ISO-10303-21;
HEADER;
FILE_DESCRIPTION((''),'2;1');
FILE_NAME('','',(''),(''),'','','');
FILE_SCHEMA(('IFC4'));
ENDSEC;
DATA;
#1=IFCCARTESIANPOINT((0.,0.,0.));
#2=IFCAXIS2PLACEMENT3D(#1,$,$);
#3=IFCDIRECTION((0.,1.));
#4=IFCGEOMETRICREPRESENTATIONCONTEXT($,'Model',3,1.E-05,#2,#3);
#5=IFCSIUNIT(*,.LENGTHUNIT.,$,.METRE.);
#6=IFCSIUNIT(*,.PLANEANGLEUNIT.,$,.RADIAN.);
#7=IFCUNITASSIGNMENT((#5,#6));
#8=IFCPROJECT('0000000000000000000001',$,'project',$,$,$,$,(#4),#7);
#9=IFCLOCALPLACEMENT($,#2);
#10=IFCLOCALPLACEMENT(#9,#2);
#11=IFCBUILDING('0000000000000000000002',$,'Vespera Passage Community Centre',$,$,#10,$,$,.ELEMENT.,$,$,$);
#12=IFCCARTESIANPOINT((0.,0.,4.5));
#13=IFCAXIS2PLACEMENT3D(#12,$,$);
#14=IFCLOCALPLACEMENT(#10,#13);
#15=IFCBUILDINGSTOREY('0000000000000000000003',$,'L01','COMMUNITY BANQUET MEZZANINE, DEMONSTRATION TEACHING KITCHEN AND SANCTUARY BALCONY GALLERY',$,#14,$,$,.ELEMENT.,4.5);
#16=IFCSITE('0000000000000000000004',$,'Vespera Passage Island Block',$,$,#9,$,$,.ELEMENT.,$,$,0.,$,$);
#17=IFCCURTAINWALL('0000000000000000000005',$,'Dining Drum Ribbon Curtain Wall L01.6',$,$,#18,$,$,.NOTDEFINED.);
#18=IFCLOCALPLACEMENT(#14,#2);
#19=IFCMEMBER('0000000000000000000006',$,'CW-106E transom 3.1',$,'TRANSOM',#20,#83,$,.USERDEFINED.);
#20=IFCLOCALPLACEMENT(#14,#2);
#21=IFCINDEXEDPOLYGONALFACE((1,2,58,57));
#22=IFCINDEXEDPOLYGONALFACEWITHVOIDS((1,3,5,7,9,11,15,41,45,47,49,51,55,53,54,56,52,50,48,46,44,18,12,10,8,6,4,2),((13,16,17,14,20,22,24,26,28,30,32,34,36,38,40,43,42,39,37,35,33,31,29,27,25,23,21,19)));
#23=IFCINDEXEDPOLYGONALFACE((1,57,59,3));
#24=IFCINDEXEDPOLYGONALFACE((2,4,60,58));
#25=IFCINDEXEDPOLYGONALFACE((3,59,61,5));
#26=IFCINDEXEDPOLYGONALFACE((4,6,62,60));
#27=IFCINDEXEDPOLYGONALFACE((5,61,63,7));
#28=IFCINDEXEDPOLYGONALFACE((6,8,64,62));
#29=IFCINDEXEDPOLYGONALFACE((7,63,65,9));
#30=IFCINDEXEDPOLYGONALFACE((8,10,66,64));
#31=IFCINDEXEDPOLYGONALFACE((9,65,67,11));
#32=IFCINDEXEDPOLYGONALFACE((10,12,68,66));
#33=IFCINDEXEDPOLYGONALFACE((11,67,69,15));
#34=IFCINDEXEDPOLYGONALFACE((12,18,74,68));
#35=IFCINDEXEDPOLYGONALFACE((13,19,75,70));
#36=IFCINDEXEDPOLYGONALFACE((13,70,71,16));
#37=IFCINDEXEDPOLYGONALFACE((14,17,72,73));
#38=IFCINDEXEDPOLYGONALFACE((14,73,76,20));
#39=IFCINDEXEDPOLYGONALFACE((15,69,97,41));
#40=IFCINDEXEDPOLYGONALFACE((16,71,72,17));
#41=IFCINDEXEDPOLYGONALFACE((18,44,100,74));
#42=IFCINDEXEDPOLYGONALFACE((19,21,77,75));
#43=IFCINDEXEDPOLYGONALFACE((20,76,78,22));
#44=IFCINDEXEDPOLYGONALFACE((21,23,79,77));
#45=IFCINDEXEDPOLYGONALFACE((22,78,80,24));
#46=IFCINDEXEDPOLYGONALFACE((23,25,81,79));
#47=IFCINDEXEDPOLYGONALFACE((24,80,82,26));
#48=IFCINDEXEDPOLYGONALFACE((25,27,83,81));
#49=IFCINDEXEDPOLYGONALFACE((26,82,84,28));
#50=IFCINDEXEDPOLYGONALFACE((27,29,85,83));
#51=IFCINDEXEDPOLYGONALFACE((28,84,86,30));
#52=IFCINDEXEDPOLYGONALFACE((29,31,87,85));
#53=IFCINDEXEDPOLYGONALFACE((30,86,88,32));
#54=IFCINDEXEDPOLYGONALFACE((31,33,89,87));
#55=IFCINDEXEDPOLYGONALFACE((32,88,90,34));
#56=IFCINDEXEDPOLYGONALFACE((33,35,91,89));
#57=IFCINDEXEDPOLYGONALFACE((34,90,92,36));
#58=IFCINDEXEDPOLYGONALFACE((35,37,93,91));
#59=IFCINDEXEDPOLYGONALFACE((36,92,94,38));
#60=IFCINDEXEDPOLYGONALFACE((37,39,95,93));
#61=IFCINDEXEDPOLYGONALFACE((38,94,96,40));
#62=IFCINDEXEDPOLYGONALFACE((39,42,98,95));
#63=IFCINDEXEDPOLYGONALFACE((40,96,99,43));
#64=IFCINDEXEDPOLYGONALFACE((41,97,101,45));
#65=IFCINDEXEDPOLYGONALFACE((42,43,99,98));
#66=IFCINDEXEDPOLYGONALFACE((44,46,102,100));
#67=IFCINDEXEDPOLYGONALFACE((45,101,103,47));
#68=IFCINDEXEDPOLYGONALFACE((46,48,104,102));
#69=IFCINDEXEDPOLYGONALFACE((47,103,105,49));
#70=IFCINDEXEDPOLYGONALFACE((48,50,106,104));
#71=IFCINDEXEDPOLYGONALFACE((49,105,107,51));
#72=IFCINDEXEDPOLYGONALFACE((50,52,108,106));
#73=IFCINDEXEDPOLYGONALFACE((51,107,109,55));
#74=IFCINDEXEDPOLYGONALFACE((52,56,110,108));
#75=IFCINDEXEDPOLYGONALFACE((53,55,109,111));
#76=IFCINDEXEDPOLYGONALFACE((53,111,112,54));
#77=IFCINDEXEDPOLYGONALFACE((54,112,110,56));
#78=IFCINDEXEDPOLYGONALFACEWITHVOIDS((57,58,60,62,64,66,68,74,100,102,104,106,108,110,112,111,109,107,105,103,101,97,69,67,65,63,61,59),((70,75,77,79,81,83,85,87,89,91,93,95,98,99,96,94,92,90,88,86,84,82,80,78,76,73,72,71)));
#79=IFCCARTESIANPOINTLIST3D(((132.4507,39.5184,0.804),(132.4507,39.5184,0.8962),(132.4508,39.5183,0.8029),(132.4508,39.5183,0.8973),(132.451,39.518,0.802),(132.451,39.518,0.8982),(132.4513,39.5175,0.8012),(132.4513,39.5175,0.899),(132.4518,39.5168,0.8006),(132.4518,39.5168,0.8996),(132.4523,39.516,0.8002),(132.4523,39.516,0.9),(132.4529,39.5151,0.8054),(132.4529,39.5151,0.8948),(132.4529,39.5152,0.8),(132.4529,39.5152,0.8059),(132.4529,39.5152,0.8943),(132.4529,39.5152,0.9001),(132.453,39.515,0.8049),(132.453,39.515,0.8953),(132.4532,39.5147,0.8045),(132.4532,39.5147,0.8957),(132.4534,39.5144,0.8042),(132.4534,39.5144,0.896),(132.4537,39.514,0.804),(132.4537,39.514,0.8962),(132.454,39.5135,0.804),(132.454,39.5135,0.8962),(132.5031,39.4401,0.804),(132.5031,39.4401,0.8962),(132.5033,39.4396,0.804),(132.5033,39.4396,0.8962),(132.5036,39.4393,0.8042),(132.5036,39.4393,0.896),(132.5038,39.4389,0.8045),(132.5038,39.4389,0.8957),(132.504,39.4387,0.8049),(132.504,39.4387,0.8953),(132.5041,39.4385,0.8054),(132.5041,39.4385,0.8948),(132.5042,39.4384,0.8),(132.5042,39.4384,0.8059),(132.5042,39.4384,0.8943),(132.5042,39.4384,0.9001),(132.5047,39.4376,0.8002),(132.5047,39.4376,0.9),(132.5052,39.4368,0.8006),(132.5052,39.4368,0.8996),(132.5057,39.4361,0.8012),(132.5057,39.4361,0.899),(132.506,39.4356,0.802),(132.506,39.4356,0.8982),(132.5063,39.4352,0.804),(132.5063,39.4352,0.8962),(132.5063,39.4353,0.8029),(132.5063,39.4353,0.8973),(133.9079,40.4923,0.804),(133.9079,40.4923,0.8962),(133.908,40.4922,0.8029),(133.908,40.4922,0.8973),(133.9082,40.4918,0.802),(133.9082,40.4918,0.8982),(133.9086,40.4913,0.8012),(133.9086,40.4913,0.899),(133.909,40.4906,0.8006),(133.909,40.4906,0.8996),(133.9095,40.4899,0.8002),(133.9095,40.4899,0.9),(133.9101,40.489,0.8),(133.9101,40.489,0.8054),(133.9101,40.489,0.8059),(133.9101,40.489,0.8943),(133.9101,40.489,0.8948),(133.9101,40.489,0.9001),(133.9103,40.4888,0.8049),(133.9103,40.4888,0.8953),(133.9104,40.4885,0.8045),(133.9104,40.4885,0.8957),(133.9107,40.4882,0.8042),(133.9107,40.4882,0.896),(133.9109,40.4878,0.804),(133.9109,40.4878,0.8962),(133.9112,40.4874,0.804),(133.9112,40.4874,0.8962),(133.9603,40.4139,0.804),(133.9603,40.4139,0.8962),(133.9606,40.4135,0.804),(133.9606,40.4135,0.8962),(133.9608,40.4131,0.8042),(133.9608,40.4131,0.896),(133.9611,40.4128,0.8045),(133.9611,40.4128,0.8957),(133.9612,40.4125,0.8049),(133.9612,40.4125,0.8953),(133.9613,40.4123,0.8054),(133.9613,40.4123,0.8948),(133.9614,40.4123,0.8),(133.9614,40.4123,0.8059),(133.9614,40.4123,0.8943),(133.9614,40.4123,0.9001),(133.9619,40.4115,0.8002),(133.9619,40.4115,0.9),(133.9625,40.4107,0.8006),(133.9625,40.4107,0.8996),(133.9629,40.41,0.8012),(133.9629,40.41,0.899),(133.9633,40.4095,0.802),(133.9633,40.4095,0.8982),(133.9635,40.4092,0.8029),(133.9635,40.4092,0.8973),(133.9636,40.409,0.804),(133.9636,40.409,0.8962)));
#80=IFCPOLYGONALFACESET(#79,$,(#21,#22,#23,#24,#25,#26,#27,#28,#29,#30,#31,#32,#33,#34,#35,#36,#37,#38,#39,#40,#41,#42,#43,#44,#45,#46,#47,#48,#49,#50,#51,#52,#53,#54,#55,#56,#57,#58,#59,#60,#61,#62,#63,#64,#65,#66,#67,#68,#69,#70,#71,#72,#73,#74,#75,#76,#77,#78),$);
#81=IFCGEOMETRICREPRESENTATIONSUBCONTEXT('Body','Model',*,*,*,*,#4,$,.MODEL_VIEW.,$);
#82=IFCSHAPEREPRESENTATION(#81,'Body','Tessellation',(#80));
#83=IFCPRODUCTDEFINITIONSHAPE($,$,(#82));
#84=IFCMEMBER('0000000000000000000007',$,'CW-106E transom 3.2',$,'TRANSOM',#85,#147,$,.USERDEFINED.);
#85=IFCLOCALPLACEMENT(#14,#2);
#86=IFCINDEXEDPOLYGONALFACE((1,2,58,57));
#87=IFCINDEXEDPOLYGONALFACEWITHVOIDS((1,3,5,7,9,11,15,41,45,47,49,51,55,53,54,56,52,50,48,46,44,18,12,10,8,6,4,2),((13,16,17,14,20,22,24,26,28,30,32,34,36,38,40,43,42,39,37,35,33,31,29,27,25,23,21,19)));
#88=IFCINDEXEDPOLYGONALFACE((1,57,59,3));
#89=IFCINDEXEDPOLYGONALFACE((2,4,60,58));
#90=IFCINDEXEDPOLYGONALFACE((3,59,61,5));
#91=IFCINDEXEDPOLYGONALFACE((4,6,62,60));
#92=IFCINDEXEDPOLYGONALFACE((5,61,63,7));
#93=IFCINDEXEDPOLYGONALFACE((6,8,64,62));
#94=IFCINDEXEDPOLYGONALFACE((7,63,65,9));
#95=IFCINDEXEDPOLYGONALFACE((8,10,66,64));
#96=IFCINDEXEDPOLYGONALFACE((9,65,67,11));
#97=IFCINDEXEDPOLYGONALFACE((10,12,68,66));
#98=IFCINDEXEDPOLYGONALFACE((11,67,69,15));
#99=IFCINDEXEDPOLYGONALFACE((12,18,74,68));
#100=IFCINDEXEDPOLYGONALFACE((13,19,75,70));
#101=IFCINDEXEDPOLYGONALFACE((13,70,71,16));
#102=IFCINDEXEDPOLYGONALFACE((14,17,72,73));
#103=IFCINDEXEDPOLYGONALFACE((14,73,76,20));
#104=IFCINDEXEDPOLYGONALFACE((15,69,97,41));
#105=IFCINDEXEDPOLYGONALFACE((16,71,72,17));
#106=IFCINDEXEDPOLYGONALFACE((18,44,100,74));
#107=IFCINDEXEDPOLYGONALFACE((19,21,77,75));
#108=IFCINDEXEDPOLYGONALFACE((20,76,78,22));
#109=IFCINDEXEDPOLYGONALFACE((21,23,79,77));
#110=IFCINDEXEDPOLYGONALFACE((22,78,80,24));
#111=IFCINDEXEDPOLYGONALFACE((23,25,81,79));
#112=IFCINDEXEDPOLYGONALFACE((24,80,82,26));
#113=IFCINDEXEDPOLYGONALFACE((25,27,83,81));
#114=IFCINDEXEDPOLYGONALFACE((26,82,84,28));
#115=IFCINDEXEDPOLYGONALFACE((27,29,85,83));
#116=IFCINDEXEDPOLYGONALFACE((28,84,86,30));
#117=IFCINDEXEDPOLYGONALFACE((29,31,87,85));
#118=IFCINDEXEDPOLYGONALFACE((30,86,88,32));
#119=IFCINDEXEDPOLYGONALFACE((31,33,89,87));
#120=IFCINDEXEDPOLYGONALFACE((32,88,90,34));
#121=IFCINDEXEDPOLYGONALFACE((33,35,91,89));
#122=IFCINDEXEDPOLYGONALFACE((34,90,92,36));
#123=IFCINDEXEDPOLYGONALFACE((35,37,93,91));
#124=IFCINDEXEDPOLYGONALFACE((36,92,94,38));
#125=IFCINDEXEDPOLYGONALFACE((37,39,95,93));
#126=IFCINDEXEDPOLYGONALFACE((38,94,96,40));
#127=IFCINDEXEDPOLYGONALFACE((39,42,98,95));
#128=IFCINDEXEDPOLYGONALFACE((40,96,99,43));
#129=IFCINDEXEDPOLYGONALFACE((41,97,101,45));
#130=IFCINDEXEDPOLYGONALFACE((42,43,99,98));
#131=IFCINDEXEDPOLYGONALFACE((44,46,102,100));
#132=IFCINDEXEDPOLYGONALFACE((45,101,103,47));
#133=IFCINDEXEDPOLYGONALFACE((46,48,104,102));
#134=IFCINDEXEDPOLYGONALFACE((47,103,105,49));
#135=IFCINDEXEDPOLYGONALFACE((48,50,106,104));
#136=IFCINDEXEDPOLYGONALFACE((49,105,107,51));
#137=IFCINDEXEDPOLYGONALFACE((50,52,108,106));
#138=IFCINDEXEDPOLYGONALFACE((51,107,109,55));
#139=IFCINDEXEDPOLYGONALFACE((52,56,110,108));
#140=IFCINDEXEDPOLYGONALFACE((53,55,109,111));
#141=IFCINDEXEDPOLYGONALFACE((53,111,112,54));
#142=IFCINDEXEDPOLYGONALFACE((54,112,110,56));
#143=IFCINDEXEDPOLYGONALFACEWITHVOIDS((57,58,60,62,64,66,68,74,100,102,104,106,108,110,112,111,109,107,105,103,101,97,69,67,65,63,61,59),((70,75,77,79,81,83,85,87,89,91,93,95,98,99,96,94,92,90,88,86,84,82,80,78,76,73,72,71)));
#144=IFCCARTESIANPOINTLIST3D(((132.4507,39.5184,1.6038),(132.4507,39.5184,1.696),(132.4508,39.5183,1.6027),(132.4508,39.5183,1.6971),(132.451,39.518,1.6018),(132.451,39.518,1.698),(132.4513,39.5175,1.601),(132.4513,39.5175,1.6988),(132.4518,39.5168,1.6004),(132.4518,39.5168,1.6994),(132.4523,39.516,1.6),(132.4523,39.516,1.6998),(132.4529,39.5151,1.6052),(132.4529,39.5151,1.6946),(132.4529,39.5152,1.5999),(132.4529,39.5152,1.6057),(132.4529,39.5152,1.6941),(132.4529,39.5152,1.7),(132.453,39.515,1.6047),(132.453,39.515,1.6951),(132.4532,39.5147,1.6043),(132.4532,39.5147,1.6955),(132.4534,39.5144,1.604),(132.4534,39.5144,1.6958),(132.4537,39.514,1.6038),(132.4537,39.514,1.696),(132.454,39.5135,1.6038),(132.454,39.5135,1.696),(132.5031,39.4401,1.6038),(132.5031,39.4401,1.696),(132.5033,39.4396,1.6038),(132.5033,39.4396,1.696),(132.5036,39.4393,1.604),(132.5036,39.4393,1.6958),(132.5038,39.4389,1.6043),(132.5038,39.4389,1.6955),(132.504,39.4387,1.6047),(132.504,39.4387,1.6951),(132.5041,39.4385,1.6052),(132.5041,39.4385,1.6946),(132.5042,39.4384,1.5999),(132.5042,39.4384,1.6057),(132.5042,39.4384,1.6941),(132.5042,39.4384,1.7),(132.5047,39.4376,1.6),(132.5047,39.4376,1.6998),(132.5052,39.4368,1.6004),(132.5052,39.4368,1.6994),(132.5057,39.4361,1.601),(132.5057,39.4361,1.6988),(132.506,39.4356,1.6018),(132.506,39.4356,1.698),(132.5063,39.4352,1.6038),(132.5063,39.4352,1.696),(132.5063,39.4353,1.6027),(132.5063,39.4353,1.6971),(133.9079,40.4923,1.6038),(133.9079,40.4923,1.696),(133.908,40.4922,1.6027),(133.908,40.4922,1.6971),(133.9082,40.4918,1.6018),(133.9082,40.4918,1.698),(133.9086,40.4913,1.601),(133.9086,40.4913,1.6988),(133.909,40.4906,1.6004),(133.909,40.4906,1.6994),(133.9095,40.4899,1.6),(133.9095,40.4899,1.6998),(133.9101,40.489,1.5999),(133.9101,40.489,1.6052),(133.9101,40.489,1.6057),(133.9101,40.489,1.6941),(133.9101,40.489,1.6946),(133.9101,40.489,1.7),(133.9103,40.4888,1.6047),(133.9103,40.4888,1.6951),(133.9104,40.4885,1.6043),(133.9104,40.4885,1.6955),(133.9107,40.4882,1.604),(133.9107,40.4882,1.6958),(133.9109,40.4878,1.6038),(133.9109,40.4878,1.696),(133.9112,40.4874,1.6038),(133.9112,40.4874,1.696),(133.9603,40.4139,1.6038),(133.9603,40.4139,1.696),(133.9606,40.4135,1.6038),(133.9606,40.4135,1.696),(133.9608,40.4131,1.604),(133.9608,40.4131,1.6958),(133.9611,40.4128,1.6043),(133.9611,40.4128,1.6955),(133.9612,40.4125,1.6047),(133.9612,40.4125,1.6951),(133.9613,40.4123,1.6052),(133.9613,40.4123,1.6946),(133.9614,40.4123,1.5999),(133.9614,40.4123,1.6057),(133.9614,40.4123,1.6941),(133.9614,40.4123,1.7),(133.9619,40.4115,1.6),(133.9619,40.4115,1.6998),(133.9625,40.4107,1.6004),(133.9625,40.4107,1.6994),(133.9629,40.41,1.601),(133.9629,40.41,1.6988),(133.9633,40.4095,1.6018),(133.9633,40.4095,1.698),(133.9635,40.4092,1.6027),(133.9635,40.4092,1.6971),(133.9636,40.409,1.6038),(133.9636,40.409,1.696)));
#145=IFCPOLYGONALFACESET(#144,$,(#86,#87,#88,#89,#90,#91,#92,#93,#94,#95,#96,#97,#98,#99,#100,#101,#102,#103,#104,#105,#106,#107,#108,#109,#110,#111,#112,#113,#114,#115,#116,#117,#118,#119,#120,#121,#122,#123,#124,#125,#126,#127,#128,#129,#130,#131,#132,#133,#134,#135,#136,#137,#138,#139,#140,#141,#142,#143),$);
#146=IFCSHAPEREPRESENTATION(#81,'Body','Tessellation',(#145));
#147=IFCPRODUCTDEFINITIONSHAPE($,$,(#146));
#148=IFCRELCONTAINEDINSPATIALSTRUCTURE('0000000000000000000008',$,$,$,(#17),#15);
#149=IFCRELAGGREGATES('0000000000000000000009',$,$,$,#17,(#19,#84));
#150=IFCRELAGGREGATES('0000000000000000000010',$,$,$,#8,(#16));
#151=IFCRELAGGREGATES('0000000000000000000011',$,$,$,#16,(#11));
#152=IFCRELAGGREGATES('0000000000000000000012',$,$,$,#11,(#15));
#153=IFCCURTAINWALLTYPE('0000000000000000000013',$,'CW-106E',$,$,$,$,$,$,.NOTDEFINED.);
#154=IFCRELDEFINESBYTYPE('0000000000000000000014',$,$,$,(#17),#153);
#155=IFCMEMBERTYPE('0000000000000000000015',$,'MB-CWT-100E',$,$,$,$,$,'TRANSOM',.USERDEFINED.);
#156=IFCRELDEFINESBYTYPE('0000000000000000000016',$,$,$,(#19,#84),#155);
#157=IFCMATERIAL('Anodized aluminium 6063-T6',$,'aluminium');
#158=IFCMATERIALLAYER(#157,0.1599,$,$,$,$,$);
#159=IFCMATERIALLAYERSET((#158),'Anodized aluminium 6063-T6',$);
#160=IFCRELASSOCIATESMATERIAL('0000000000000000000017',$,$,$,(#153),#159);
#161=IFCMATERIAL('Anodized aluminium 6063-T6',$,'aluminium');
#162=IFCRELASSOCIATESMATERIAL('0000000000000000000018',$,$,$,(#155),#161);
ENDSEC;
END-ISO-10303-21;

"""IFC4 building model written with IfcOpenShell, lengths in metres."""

from ifc_helpers import new_model, si_unit, direction, frame, origin, origin_2d, place, context, subcontext, project, spatial, hollow_rectangle, extrude, material, layer, layer_set, material_profile, profile_set, type_object, element, aggregate, save


model = new_model("IFC4")

# Units and contexts
model_context = context("Model", 3, precision=1e-05, world=origin(), true_north=direction((0.0, 1.0)))
body_context = subcontext(model_context, "Body", "Model", "MODEL_VIEW")
ifc_project = project(units=[si_unit("LENGTHUNIT", "METRE"), si_unit("PLANEANGLEUNIT", "RADIAN")], contexts=[model_context])

# Site, building, storey
site_placement = place(None, origin())
site = spatial("IfcSite", under=ifc_project, at=site_placement, Name="Vespera Passage Island Block", CompositionType="ELEMENT", RefElevation=0.0)
building_placement = place(site_placement, origin())
building = spatial("IfcBuilding", under=site, at=building_placement, Name="Vespera Passage Community Centre", CompositionType="ELEMENT")
storey_placement = place(building_placement, frame((0.0, 0.0, 4.5)))
storey = spatial("IfcBuildingStorey", under=building, at=storey_placement, Name="L01", Description="COMMUNITY BANQUET MEZZANINE, DEMONSTRATION TEACHING KITCHEN AND SANCTUARY BALCONY GALLERY", CompositionType="ELEMENT", Elevation=4.5)

# Curtain wall, members
ifc_material_1 = material(Name="Anodized aluminium 6063-T6", Category="aluminium")
ifc_layer_1 = layer(ifc_material_1, 0.1599)
ifc_layer_set_1 = layer_set([ifc_layer_1], Name="Anodized aluminium 6063-T6")
curtain_wall_type = type_object("IfcCurtainWallType", Name="CW-106E", PredefinedType="NOTDEFINED", material=ifc_layer_set_1)
curtain_wall_placement = place(storey_placement, origin())
curtain_wall = element("IfcCurtainWall", 1, at=curtain_wall_placement, inside=storey, type_object=curtain_wall_type, Name="Dining Drum Ribbon Curtain Wall L01.6", PredefinedType="NOTDEFINED")
ifc_material_2 = material(Name="Anodized aluminium 6063-T6", Category="aluminium")
ifc_material_profile_1 = material_profile(ifc_material_2, hollow_rectangle(XDim=0.1001, YDim=0.1001, WallThickness=0.0039, InnerFilletRadius=0.002, OuterFilletRadius=0.0039, at=origin_2d()), Name="ALU100X100X4")
ifc_profile_set_1 = profile_set([ifc_material_profile_1], Name="Anodized aluminium 6063-T6")
member_type_1 = type_object("IfcMemberType", Name="MB-CWT-100E", ElementType="TRANSOM", PredefinedType="USERDEFINED", material=ifc_profile_set_1)
member_1_placement = place(storey_placement, frame((132.4785, 39.4768, 0.8501), z_axis=(0.831428, 0.555632, 0.0), x_axis=(-0.555632, 0.831428, 0.0)))
member_1 = element("IfcMember", 2, at=member_1_placement, type_object=member_type_1, Name="CW-106E transom 3.1", ObjectType="TRANSOM", PredefinedType="USERDEFINED", context=body_context, shape_type="SweptSolid", body=[
    extrude(hollow_rectangle(XDim=0.1001, YDim=0.1001, WallThickness=0.0039, InnerFilletRadius=0.002, OuterFilletRadius=0.0039, at=origin_2d()), origin(), (0.0, 0.0, 1.0), 1.7527),
])
member_2_placement = place(storey_placement, frame((132.4785, 39.4768, 1.6499), z_axis=(0.831428, 0.555632, 0.0), x_axis=(-0.555632, 0.831428, 0.0)))
member_2 = element("IfcMember", 3, at=member_2_placement, type_object=member_type_1, Name="CW-106E transom 3.2", ObjectType="TRANSOM", PredefinedType="USERDEFINED", context=body_context, shape_type="SweptSolid", body=[
    extrude(hollow_rectangle(XDim=0.1001, YDim=0.1001, WallThickness=0.0039, InnerFilletRadius=0.002, OuterFilletRadius=0.0039, at=origin_2d()), origin(), (0.0, 0.0, 1.0), 1.7527),
])
aggregate(curtain_wall, [member_1, member_2])

save(model, "model.ifc")
